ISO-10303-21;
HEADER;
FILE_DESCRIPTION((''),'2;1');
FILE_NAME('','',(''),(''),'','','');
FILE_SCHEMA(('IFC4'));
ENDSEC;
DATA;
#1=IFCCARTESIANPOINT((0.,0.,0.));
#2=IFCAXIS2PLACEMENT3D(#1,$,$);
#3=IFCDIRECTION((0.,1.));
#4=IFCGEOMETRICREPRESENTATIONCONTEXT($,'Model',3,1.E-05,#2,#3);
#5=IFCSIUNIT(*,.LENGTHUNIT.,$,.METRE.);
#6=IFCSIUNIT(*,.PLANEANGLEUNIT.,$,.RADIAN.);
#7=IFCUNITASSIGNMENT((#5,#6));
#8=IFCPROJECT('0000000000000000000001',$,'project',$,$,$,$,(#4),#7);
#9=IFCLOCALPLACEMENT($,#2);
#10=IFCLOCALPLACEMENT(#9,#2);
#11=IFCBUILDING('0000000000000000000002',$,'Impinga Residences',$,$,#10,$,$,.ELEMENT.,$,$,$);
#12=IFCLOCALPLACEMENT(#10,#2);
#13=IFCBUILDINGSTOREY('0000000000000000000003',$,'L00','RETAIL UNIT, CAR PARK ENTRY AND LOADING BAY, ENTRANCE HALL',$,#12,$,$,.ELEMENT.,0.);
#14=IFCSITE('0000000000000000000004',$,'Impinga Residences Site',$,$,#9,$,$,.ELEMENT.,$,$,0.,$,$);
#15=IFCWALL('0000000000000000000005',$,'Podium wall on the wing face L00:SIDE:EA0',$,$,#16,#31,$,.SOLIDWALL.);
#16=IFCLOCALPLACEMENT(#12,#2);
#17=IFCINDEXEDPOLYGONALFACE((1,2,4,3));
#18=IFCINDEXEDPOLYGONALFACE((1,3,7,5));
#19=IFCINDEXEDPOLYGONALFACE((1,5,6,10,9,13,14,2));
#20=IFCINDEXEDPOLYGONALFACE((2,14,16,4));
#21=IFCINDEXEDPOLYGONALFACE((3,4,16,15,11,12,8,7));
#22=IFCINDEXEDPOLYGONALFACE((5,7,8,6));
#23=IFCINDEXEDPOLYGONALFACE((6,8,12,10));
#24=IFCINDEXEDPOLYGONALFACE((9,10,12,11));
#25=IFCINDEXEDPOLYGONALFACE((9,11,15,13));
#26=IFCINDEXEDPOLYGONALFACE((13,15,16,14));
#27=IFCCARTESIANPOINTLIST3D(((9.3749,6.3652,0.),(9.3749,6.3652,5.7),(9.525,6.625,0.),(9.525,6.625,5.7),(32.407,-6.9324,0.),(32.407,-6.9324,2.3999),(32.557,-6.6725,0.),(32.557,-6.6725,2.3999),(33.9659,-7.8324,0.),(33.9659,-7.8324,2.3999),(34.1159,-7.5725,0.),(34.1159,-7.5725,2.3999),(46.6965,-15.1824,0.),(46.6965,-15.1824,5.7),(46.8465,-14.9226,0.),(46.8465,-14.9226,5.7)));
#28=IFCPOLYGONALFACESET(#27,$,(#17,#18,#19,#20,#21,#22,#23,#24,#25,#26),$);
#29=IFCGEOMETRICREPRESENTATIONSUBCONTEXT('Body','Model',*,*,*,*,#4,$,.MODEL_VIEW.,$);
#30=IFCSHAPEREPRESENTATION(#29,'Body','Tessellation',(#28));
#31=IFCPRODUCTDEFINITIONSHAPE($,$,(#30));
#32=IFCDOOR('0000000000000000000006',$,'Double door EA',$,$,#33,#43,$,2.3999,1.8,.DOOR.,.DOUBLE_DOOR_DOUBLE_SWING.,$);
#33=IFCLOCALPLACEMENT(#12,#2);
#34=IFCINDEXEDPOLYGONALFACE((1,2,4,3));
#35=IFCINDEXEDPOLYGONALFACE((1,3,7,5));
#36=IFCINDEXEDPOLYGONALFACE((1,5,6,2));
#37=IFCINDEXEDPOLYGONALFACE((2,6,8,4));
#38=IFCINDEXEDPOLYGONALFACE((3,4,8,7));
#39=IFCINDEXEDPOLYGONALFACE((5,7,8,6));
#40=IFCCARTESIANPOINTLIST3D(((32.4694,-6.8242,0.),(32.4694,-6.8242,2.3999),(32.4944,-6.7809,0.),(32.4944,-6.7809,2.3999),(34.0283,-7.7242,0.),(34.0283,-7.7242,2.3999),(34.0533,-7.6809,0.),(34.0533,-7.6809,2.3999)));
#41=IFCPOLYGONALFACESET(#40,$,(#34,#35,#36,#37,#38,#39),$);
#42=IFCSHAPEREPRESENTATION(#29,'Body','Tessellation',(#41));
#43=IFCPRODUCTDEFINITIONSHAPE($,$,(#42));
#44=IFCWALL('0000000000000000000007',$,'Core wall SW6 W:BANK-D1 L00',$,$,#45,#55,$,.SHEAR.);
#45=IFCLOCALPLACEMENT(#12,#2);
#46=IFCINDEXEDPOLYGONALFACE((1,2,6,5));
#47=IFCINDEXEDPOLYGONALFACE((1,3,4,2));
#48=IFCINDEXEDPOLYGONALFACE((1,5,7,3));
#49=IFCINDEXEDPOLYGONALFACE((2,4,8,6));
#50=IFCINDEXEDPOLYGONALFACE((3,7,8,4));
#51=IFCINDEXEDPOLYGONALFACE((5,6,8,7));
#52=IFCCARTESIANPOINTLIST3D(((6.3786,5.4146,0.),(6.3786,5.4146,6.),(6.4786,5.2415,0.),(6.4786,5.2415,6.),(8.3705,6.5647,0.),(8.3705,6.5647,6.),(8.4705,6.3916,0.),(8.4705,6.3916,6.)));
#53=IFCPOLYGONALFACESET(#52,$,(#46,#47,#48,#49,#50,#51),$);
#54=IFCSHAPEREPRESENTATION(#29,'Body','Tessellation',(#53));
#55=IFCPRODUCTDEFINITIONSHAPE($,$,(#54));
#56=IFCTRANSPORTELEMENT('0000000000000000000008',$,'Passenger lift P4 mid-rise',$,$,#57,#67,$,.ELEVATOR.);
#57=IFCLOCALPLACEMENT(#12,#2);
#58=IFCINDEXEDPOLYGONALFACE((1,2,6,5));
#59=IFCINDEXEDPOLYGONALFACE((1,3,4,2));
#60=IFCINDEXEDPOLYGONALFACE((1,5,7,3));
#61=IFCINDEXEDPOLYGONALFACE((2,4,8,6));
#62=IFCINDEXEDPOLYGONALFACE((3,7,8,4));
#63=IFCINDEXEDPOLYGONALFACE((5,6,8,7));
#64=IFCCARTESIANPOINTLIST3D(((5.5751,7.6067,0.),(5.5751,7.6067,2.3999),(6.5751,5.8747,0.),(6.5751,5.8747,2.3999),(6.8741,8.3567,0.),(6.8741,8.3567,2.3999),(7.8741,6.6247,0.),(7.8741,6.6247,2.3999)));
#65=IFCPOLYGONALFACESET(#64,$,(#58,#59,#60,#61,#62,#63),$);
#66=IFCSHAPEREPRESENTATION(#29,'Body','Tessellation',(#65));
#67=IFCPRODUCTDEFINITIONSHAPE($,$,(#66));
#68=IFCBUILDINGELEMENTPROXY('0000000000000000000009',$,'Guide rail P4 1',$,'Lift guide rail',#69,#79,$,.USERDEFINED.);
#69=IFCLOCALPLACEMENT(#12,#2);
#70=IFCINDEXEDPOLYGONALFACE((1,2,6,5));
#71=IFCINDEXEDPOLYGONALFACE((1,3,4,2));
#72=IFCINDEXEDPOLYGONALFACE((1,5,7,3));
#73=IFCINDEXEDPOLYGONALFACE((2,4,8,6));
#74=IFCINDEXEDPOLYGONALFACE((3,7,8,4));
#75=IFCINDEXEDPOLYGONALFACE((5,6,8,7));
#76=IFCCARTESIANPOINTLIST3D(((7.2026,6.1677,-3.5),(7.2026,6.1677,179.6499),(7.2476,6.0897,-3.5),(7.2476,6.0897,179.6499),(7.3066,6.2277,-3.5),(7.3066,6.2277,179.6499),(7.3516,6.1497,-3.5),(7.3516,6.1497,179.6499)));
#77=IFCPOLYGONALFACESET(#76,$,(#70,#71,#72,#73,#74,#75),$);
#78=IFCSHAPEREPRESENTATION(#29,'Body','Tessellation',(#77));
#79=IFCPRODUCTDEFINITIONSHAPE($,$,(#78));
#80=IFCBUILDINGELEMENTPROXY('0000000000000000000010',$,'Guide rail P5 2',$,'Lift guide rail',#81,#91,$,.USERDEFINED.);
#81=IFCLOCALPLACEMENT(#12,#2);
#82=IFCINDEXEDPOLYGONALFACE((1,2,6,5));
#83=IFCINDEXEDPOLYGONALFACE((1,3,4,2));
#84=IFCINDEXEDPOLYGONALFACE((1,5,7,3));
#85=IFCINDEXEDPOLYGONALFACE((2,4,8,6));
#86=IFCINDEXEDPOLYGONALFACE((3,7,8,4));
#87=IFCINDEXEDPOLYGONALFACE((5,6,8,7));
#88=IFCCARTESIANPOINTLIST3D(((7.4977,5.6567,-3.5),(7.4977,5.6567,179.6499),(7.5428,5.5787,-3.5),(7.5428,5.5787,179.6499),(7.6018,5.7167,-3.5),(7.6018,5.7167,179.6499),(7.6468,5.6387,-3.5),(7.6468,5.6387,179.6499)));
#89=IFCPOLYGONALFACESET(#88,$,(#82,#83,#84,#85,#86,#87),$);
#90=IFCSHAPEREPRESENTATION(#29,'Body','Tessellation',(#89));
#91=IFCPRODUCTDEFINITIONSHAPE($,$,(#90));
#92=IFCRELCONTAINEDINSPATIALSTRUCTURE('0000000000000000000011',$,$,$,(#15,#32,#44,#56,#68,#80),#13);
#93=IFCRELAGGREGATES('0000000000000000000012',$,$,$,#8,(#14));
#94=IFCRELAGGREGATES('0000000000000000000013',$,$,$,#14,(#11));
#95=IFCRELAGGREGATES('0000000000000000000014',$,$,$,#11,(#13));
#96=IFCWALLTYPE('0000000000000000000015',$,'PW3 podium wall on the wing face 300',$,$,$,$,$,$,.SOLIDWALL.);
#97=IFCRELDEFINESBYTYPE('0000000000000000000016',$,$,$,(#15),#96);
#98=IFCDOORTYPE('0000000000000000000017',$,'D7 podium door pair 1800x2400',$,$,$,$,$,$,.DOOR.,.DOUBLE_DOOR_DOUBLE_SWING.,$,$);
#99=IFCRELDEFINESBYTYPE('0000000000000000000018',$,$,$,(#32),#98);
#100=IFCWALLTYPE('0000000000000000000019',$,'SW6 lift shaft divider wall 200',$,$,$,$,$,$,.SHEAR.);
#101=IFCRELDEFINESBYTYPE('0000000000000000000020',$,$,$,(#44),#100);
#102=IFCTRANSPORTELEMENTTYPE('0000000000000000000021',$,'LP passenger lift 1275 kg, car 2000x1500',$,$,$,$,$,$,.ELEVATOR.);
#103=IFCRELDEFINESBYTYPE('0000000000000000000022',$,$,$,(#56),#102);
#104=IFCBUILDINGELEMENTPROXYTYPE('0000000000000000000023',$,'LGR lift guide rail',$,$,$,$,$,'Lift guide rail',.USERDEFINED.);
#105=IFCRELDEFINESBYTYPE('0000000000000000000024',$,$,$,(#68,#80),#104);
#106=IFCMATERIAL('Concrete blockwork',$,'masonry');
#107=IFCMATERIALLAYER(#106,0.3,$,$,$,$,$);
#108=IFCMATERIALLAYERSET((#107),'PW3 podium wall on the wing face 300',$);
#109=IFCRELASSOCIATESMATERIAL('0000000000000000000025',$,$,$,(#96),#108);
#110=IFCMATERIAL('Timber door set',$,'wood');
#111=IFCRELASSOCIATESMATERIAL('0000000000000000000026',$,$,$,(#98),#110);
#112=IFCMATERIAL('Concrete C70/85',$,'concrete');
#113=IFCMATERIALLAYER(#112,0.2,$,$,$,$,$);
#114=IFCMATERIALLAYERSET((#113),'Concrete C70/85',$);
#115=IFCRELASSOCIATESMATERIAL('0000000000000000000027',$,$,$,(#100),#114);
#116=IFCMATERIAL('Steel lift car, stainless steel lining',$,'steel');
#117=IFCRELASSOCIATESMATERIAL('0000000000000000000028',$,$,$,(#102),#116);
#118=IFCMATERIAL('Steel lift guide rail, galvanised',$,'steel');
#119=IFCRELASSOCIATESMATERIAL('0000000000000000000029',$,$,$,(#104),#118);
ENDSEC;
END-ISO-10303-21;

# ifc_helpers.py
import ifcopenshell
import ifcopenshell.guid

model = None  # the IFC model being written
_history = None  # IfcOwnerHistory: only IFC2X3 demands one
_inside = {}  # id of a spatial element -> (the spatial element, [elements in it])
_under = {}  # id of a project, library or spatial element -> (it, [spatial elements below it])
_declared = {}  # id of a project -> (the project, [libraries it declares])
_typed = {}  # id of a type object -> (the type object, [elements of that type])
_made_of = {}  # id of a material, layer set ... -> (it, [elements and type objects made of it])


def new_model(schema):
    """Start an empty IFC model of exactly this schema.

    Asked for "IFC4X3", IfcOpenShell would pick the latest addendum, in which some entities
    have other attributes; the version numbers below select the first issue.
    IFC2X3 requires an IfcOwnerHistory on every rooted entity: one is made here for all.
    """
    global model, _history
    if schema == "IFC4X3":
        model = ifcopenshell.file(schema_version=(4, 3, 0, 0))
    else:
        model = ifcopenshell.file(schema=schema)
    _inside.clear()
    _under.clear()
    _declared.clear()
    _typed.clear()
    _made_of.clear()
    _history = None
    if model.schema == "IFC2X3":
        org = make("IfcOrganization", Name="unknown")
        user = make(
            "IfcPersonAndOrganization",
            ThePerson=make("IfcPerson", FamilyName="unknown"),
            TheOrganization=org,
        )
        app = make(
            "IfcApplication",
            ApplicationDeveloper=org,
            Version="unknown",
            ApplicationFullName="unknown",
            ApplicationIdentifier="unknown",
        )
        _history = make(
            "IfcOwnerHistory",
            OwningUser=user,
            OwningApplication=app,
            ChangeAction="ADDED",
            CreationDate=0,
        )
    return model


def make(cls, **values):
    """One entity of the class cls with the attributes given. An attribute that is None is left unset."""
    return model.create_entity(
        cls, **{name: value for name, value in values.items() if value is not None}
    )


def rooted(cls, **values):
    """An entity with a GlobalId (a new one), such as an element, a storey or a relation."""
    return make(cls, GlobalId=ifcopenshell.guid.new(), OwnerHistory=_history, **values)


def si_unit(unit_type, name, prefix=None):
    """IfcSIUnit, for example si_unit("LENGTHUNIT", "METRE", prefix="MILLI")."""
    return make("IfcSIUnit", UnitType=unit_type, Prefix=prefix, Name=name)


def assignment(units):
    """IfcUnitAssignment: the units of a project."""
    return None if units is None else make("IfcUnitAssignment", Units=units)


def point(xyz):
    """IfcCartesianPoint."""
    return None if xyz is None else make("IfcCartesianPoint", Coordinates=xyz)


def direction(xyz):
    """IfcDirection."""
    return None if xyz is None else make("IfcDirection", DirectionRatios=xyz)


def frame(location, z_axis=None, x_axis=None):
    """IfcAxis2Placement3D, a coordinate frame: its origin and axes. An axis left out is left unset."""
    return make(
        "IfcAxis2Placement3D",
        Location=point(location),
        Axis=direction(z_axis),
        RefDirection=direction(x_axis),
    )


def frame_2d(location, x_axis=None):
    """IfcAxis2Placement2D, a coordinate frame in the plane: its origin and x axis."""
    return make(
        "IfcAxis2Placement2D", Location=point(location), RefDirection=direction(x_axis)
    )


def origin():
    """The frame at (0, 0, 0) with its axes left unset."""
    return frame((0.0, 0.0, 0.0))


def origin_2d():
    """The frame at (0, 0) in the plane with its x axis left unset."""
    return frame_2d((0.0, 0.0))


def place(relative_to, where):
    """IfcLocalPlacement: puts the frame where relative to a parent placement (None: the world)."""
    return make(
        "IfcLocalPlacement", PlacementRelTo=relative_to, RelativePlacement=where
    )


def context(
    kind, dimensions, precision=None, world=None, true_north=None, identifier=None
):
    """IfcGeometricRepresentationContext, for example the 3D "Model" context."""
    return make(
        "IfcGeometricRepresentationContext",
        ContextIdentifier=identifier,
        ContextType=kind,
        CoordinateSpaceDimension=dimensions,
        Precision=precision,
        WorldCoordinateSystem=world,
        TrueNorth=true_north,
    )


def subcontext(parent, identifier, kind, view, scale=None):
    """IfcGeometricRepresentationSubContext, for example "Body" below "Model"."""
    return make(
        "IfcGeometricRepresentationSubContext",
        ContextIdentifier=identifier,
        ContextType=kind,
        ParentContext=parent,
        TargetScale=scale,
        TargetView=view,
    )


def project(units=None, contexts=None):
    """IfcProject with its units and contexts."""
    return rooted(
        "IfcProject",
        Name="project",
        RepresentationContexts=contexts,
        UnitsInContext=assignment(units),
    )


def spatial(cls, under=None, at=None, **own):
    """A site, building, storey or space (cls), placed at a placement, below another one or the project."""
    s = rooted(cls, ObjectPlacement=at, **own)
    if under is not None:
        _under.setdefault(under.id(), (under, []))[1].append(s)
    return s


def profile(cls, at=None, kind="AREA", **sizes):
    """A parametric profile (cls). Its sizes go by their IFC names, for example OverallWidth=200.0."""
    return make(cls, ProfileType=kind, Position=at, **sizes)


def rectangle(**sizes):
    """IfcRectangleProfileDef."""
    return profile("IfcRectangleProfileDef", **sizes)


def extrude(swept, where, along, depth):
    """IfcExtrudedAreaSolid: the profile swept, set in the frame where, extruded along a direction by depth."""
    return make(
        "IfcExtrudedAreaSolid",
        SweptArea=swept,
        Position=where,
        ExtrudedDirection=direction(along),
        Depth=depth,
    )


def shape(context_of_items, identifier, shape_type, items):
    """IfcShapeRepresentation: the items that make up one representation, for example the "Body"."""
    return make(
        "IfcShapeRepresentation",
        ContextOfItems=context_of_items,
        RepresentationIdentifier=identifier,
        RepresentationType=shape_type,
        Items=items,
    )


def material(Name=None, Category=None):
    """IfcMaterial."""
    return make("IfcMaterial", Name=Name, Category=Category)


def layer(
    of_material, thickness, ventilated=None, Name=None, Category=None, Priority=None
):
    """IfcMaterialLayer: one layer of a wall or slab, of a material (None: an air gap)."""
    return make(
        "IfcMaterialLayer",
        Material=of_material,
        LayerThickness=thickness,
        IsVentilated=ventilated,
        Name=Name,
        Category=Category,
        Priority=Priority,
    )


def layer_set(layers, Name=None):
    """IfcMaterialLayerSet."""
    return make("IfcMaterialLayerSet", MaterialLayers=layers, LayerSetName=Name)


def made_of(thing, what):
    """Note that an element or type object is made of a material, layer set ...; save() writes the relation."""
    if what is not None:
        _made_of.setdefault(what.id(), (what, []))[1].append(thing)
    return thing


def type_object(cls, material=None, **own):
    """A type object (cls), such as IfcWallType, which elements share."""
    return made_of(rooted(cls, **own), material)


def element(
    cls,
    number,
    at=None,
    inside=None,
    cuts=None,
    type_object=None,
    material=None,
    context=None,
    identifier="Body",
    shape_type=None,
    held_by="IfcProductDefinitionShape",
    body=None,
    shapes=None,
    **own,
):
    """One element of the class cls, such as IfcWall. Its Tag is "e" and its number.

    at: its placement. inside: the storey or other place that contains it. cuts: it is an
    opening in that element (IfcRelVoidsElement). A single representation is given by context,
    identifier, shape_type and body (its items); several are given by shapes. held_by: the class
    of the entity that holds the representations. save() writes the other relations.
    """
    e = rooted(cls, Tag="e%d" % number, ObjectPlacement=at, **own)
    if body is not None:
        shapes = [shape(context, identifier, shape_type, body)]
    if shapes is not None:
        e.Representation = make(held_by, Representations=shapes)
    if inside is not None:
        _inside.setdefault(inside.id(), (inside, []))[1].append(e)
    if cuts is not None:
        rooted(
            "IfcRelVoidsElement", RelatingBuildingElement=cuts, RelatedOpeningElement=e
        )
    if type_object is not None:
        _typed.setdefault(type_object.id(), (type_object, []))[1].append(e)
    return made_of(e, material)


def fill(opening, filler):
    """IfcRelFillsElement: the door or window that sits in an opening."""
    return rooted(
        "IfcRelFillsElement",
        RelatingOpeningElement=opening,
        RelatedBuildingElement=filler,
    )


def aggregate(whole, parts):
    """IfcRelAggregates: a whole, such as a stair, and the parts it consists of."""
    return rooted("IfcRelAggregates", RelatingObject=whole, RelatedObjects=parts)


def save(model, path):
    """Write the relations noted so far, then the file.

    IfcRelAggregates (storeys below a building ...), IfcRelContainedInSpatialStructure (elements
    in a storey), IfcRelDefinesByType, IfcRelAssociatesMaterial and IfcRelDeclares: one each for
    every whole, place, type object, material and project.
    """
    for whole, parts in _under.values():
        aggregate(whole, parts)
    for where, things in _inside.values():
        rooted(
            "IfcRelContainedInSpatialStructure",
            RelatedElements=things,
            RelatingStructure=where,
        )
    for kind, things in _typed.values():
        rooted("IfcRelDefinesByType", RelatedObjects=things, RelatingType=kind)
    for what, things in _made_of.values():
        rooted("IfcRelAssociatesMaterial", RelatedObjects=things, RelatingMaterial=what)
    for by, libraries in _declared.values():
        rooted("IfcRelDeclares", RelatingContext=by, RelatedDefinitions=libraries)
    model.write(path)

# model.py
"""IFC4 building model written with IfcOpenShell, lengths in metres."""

from ifc_helpers import new_model, si_unit, direction, frame, frame_2d, origin, origin_2d, place, context, subcontext, project, spatial, rectangle, extrude, material, layer, layer_set, type_object, element, fill, save


model = new_model("IFC4")

# Units and contexts
model_context = context("Model", 3, precision=1e-05, world=origin(), true_north=direction((0.0, 1.0)))
body_context = subcontext(model_context, "Body", "Model", "MODEL_VIEW")
ifc_project = project(units=[si_unit("LENGTHUNIT", "METRE"), si_unit("PLANEANGLEUNIT", "RADIAN")], contexts=[model_context])

# Site, building, storey
site_placement = place(None, origin())
site = spatial("IfcSite", under=ifc_project, at=site_placement, Name="Impinga Residences Site", CompositionType="ELEMENT", RefElevation=0.0)
building_placement = place(site_placement, origin())
building = spatial("IfcBuilding", under=site, at=building_placement, Name="Impinga Residences", CompositionType="ELEMENT")
storey_placement = place(building_placement, origin())
storey = spatial("IfcBuildingStorey", under=building, at=storey_placement, Name="L00", Description="RETAIL UNIT, CAR PARK ENTRY AND LOADING BAY, ENTRANCE HALL", CompositionType="ELEMENT", Elevation=0.0)

# Shared definitions
ifc_material_1 = material(Name="Concrete C70/85", Category="concrete")

# Wall, opening, door
ifc_material_2 = material(Name="Concrete blockwork", Category="masonry")
ifc_layer_1 = layer(ifc_material_2, 0.3)
ifc_layer_set_1 = layer_set([ifc_layer_1], Name="PW3 podium wall on the wing face 300")
wall_type_1 = type_object("IfcWallType", Name="PW3 podium wall on the wing face 300", PredefinedType="SOLIDWALL", material=ifc_layer_set_1)
ifc_material_3 = material(Name="Timber door set", Category="wood")
door_type = type_object("IfcDoorType", Name="D7 podium door pair 1800x2400", OperationType="DOUBLE_DOOR_DOUBLE_SWING", PredefinedType="DOOR", material=ifc_material_3)
wall_1_placement = place(storey_placement, frame((9.45, 6.4951, 0.0), z_axis=(0.0, 0.0, 1.0), x_axis=(0.866025, -0.5, 0.0)))
wall_1 = element("IfcWall", 1, at=wall_1_placement, inside=storey, type_object=wall_type_1, Name="Podium wall on the wing face L00:SIDE:EA0", PredefinedType="SOLIDWALL", context=body_context, shape_type="SweptSolid", body=[
    extrude(rectangle(XDim=43.0952, YDim=0.3, at=frame_2d((21.5476, 0.0))), origin(), (0.0, 0.0, 1.0), 5.7),
])
opening_1_placement = place(wall_1_placement, frame((26.5952, 0.0, 0.0)))
opening_1 = element("IfcOpeningElement", 2, at=opening_1_placement, cuts=wall_1, PredefinedType="OPENING", context=body_context, shape_type="SweptSolid", body=[
    extrude(rectangle(XDim=1.8, YDim=2.3999, at=frame_2d((0.8999, 1.2))), frame((0.0, 0.1599, 0.0), z_axis=(0.0, -1.0, 0.0), x_axis=(1.0, 0.0, 0.0)), (0.0, 0.0, 1.0), 0.3201),
])
door_1_placement = place(opening_1_placement, origin())
door_1 = element("IfcDoor", 3, at=door_1_placement, inside=storey, type_object=door_type, Name="Double door EA", OperationType="DOUBLE_DOOR_DOUBLE_SWING", OverallHeight=2.3999, OverallWidth=1.8, PredefinedType="DOOR", context=body_context, shape_type="SweptSolid", body=[
    extrude(rectangle(XDim=1.8, YDim=2.3999, at=frame_2d((0.8999, 1.2))), frame((0.0, 0.0249, 0.0), z_axis=(0.0, -1.0, 0.0), x_axis=(1.0, 0.0, 0.0)), (0.0, 0.0, 1.0), 0.05),
])
fill(opening_1, door_1)

# Wall
ifc_layer_2 = layer(ifc_material_1, 0.2)
ifc_layer_set_2 = layer_set([ifc_layer_2], Name="Concrete C70/85")
wall_type_2 = type_object("IfcWallType", Name="SW6 lift shaft divider wall 200", PredefinedType="SHEAR", material=ifc_layer_set_2)
wall_2_placement = place(storey_placement, frame((6.4287, 5.3281, 0.0), z_axis=(0.0, 0.0, 1.0), x_axis=(0.866007, 0.500032, 0.0)))
element("IfcWall", 4, at=wall_2_placement, inside=storey, type_object=wall_type_2, Name="Core wall SW6 W:BANK-D1 L00", PredefinedType="SHEAR", context=body_context, shape_type="SweptSolid", body=[
    extrude(rectangle(XDim=2.3, YDim=0.2, at=frame_2d((1.1499, 0.0))), origin(), (0.0, 0.0, 1.0), 6.0),
])

# Transport element
ifc_material_4 = material(Name="Steel lift car, stainless steel lining", Category="steel")
transport_element_type = type_object("IfcTransportElementType", Name="LP passenger lift 1275 kg, car 2000x1500", PredefinedType="ELEVATOR", material=ifc_material_4)
transport_element_placement = place(storey_placement, frame((6.7246, 7.1157, 0.0), z_axis=(0.0, 0.0, 1.0), x_axis=(-0.5, 0.866025, 0.0)))
element("IfcTransportElement", 5, at=transport_element_placement, inside=storey, type_object=transport_element_type, Name="Passenger lift P4 mid-rise", PredefinedType="ELEVATOR", context=body_context, shape_type="SweptSolid", body=[
    extrude(rectangle(XDim=2.0, YDim=1.5, at=origin_2d()), origin(), (0.0, 0.0, 1.0), 2.3999),
])

# Building element proxies
ifc_material_5 = material(Name="Steel lift guide rail, galvanised", Category="steel")
building_element_proxy_type = type_object("IfcBuildingElementProxyType", Name="LGR lift guide rail", ElementType="Lift guide rail", PredefinedType="USERDEFINED", material=ifc_material_5)
for number, where, z_axis, x_axis, name in (
    (6, (7.2771, 6.1587, -3.5), (0.0, 0.0, 1.0), (-0.5, 0.866025, 0.0), "Guide rail P4 1"),
    (7, (7.5723, 5.6477, -3.5), (0.0, 0.0, 1.0), (-0.5, 0.866025, 0.0), "Guide rail P5 2"),
):
    element("IfcBuildingElementProxy", number, at=place(storey_placement, frame(where, z_axis=z_axis, x_axis=x_axis)), inside=storey, type_object=building_element_proxy_type, Name=name, ObjectType="Lift guide rail", PredefinedType="USERDEFINED", context=body_context, shape_type="SweptSolid", body=[
        extrude(rectangle(XDim=0.0901, YDim=0.1201, at=origin_2d()), origin(), (0.0, 0.0, 1.0), 183.1499),
    ])

save(model, "model.ifc")
